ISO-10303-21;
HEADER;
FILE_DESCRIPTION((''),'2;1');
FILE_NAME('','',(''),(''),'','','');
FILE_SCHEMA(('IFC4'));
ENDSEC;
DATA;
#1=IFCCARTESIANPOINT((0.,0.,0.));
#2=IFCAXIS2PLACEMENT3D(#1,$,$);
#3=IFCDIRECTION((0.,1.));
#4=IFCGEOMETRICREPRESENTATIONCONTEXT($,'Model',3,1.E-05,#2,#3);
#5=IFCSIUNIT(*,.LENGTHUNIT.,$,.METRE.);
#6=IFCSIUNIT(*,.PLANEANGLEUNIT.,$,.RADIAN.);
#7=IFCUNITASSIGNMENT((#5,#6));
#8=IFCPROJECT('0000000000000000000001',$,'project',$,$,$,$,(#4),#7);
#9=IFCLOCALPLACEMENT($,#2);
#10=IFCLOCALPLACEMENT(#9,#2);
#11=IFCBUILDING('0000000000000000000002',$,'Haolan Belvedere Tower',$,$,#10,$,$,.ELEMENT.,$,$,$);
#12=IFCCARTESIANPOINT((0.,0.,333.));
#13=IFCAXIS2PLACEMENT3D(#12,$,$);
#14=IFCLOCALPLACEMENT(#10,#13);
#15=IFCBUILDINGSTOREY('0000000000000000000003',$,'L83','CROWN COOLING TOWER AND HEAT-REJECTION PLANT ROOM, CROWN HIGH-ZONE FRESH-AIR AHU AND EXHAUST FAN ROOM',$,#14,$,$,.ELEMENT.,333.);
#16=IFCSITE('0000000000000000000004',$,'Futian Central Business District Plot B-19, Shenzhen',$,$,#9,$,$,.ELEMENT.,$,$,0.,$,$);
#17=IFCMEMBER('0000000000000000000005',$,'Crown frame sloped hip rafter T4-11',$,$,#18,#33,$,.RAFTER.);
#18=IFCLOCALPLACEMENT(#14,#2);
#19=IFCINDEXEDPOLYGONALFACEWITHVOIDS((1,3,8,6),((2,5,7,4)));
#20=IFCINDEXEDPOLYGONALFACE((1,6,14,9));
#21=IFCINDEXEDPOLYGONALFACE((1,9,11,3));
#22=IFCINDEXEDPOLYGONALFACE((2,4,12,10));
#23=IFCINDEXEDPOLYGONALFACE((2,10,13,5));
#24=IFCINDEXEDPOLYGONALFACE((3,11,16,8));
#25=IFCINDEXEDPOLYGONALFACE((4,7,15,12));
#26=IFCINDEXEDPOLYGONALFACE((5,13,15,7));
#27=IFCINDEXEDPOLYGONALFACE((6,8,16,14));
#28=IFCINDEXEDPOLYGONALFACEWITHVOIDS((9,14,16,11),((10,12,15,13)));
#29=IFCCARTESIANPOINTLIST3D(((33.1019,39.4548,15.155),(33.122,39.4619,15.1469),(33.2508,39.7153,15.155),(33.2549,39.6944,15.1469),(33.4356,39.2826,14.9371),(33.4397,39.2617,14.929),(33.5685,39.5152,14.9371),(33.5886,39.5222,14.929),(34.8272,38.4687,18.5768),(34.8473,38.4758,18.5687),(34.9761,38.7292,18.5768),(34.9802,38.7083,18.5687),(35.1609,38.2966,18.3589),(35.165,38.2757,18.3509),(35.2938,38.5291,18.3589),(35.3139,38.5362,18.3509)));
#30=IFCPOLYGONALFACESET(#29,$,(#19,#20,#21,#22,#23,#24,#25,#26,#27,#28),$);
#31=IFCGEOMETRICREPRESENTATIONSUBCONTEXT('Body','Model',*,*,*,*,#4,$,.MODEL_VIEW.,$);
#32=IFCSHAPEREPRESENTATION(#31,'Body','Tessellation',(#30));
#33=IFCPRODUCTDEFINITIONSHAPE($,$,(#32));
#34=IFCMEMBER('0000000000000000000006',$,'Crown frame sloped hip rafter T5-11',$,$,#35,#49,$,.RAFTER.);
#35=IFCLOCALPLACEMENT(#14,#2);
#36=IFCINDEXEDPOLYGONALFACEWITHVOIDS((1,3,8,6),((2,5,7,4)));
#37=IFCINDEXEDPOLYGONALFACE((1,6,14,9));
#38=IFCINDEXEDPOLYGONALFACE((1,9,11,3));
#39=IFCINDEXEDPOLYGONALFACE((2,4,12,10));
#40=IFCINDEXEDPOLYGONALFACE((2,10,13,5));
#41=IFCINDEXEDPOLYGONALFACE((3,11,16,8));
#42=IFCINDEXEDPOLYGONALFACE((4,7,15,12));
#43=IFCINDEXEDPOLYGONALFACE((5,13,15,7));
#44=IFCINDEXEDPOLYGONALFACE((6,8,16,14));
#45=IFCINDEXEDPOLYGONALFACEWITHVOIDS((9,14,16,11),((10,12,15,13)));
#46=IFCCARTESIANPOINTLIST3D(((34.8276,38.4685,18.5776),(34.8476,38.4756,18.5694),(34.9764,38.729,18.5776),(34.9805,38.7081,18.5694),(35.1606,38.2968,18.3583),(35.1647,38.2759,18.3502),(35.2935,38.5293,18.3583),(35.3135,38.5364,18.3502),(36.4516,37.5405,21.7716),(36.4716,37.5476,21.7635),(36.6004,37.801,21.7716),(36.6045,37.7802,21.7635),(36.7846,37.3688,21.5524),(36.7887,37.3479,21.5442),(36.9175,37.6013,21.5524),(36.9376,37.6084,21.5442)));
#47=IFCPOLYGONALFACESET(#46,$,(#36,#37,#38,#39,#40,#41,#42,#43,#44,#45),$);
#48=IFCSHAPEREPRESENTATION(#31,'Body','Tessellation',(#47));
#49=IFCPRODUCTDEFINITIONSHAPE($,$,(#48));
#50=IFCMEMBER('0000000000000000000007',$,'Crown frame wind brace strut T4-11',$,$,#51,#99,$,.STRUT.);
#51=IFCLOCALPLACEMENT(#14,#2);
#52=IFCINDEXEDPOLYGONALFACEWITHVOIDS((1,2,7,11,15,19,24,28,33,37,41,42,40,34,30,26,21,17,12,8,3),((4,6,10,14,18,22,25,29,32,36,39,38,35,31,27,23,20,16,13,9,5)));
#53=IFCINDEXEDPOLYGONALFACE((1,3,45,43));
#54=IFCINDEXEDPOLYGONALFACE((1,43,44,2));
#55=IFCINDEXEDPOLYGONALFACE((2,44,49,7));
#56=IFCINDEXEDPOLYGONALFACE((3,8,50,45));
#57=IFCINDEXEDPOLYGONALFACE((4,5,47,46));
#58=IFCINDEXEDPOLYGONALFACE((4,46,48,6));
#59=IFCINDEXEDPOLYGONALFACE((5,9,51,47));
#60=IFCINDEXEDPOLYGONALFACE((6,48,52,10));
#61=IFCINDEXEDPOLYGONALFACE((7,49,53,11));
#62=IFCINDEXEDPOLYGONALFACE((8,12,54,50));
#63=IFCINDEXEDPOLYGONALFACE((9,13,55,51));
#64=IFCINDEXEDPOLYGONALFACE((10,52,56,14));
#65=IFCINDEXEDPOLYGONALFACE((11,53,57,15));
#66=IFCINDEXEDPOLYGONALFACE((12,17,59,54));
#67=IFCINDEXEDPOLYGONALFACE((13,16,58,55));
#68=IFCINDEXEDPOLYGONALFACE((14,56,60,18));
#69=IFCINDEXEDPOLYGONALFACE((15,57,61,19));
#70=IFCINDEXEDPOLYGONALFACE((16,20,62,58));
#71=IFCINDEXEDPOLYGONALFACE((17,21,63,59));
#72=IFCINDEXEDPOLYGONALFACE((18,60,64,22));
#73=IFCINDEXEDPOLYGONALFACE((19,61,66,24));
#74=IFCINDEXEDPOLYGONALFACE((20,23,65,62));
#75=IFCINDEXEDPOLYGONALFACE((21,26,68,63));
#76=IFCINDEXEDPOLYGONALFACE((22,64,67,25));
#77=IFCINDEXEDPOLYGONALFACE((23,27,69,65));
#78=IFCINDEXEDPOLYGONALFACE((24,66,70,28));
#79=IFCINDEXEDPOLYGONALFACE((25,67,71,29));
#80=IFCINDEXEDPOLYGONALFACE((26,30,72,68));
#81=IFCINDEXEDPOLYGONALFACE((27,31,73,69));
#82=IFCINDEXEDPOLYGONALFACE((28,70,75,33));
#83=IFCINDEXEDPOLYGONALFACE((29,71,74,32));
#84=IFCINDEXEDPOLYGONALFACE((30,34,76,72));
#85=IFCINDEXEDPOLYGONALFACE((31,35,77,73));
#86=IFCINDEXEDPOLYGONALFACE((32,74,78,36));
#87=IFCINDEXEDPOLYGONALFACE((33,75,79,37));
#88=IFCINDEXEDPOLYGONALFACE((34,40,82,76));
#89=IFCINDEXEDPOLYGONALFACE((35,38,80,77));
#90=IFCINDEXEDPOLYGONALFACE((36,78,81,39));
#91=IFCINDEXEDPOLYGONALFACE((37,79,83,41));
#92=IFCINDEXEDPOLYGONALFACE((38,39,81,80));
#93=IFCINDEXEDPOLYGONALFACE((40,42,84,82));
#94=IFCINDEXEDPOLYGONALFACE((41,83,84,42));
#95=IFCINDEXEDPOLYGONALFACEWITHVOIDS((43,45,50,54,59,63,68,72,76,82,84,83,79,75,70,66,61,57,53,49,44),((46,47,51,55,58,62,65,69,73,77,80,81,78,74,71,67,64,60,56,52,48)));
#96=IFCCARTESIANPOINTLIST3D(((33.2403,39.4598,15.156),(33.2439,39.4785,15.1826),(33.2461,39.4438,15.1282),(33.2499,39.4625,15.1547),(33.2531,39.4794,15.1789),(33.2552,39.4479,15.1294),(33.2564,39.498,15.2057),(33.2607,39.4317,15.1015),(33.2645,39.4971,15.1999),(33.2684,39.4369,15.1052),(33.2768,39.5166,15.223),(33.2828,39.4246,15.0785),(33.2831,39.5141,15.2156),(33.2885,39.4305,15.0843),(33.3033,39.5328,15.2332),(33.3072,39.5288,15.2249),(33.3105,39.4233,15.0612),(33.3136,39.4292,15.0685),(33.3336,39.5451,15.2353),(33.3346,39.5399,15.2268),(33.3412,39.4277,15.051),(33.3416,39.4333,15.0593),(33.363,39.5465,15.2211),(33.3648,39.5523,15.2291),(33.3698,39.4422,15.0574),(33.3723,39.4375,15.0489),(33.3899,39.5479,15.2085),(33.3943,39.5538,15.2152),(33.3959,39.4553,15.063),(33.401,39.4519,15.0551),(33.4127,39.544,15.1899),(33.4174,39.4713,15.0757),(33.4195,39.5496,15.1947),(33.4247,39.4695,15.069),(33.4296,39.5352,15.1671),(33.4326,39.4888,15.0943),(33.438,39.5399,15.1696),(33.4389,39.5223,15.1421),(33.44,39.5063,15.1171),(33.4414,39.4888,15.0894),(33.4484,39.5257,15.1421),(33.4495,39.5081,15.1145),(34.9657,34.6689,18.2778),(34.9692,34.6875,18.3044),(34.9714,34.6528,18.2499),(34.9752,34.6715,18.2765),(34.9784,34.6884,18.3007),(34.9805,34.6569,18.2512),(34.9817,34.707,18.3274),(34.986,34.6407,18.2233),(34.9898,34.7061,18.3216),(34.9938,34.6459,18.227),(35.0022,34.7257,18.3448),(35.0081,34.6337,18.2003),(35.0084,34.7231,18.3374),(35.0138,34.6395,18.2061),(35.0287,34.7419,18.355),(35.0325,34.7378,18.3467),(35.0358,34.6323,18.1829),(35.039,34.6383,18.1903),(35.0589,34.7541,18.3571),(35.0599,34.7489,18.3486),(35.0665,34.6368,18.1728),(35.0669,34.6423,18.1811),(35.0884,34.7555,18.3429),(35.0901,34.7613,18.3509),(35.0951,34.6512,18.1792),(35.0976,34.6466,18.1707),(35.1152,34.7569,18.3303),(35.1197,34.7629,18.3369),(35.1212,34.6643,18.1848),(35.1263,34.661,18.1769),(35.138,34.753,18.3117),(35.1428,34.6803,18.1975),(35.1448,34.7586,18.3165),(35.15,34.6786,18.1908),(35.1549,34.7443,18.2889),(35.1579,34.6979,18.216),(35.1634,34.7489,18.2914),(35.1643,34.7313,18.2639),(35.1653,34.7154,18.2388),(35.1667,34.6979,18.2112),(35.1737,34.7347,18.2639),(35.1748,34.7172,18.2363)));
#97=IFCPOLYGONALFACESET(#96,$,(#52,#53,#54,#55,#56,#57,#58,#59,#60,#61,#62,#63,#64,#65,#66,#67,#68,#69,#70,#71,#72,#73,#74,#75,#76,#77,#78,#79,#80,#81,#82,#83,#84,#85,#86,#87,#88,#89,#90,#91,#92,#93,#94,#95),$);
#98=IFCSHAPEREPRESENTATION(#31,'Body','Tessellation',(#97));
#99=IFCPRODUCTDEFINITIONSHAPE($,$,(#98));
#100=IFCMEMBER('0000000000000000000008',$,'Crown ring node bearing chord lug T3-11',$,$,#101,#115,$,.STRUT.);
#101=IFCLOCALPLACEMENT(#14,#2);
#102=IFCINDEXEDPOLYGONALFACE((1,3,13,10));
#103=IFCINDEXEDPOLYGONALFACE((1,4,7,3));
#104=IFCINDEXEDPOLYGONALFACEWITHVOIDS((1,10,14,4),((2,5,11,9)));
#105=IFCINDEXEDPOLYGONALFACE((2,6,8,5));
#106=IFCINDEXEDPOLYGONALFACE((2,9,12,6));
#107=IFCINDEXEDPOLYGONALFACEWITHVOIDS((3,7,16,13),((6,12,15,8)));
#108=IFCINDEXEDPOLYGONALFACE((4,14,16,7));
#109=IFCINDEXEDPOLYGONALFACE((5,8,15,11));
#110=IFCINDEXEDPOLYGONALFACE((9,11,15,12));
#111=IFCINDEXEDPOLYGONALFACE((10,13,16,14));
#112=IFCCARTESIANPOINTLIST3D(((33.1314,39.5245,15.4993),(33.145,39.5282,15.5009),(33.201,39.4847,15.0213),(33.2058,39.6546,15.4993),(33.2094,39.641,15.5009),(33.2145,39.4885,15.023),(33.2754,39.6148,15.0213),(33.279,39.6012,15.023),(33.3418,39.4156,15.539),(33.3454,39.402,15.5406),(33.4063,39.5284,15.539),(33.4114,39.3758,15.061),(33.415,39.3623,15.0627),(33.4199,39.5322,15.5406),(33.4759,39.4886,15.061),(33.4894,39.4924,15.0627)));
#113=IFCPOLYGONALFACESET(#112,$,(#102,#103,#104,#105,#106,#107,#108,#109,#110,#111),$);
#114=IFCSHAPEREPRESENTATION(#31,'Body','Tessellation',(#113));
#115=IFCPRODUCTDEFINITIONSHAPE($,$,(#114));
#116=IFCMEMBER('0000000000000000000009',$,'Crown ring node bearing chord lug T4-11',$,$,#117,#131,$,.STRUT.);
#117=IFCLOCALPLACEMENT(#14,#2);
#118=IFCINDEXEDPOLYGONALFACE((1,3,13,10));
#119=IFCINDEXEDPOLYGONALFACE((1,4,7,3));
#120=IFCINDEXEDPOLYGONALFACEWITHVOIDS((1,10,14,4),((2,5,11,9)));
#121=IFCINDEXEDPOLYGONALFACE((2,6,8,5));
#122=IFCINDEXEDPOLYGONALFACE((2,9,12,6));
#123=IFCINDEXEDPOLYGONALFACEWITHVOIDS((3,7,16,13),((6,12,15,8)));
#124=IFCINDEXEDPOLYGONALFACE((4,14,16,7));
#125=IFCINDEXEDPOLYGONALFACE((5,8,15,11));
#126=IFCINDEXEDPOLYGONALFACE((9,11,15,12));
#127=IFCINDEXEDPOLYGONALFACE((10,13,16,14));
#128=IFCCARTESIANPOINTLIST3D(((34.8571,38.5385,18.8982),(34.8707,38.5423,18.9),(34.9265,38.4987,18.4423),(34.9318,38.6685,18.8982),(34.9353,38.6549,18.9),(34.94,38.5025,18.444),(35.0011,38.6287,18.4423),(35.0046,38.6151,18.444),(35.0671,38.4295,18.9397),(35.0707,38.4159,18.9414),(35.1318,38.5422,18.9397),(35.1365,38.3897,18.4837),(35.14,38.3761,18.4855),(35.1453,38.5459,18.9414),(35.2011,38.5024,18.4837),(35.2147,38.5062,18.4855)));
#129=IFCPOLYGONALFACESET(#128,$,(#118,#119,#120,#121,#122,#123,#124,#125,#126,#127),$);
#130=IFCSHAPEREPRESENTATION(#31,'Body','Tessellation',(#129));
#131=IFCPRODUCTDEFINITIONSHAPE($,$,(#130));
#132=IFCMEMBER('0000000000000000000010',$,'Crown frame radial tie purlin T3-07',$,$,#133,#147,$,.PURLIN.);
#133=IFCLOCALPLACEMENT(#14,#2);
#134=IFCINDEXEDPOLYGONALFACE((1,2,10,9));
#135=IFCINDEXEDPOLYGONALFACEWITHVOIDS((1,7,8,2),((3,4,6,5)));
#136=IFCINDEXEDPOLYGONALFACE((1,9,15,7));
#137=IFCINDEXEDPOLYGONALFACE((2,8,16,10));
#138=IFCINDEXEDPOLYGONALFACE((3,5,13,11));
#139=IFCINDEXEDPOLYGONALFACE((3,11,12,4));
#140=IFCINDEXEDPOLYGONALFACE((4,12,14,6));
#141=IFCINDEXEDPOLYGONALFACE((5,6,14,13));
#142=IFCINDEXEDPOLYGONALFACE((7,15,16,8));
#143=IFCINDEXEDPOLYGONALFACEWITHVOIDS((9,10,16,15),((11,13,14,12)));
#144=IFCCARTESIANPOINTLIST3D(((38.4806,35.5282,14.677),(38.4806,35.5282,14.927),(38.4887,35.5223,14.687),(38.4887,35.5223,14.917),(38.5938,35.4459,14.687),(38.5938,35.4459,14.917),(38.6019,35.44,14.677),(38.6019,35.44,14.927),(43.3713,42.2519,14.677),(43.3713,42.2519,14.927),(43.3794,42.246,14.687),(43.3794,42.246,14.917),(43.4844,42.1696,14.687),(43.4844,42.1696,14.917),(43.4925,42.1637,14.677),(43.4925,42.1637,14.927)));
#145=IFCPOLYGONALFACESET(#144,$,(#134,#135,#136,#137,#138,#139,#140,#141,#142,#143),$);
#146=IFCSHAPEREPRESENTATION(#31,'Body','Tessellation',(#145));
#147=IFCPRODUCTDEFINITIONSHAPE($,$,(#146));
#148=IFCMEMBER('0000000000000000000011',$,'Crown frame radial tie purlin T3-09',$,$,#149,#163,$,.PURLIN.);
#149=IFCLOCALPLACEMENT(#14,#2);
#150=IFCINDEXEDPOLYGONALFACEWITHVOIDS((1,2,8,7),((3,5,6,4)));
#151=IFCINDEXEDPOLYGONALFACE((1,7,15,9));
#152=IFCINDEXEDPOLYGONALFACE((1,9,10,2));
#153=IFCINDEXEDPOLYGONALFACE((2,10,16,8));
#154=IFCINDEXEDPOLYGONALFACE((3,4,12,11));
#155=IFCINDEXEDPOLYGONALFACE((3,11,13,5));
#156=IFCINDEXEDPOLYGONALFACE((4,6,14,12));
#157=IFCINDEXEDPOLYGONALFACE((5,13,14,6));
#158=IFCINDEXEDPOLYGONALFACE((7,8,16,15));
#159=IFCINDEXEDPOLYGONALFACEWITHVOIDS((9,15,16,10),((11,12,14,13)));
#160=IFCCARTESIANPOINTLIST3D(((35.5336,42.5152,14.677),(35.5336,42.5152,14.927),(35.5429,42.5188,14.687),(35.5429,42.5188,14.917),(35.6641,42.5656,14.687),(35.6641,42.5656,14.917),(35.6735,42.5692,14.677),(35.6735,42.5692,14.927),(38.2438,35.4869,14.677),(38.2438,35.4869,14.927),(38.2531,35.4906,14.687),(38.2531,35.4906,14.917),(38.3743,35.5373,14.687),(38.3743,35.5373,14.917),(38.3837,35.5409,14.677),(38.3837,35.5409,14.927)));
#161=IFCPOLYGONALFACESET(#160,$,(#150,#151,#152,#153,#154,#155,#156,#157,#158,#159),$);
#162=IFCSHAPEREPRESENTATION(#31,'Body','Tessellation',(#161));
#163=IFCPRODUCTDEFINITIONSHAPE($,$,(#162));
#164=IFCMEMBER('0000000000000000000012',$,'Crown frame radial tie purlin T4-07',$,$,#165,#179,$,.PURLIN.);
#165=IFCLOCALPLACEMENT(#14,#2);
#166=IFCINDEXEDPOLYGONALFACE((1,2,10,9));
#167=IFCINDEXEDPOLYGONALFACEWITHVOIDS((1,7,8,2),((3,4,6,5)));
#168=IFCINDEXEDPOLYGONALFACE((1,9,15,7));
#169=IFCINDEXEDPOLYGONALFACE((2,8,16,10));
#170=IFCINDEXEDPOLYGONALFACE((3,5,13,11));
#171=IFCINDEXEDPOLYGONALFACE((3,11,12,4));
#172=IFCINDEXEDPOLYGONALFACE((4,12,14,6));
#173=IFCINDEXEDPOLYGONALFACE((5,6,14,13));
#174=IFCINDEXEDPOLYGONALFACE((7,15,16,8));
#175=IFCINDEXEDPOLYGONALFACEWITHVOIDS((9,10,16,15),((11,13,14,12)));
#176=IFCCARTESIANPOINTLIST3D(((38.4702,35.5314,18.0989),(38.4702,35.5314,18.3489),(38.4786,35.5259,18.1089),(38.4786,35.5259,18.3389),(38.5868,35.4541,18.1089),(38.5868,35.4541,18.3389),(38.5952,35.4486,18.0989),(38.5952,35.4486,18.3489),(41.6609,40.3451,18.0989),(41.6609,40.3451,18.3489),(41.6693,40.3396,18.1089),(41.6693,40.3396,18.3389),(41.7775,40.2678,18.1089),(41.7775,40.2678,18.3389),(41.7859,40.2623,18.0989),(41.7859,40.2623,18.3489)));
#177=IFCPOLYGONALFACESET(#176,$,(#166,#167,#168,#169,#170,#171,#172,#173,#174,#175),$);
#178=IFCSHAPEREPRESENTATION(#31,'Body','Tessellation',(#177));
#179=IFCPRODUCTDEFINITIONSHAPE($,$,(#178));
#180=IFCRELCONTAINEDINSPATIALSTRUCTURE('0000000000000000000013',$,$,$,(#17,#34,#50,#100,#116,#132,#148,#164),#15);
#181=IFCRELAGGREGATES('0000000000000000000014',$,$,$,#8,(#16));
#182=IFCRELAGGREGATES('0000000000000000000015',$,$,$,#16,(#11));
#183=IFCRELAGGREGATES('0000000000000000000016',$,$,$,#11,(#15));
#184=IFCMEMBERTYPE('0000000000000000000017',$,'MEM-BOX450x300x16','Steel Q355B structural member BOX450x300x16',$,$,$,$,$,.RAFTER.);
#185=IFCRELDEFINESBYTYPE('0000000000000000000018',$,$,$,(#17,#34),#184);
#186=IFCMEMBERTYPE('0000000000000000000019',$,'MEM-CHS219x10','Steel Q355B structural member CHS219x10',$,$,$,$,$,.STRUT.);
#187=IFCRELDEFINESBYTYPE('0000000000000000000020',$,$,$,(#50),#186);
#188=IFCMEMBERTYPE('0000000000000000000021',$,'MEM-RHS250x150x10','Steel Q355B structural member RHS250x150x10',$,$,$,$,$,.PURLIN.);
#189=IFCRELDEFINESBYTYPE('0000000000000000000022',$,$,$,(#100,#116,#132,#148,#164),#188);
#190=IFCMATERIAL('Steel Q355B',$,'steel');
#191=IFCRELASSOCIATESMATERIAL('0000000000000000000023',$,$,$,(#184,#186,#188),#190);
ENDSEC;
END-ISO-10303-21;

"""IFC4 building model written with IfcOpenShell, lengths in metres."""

from ifc_helpers import new_model, si_unit, direction, frame, origin, origin_2d, place, context, subcontext, project, spatial, hollow_rectangle, hollow_circle, extrude, material, material_profile, profile_set, type_object, element, save


model = new_model("IFC4")

# Units and contexts
model_context = context("Model", 3, precision=1e-05, world=origin(), true_north=direction((0.0, 1.0)))
body_context = subcontext(model_context, "Body", "Model", "MODEL_VIEW")
ifc_project = project(units=[si_unit("LENGTHUNIT", "METRE"), si_unit("PLANEANGLEUNIT", "RADIAN")], contexts=[model_context])

# Site, building, storey
site_placement = place(None, origin())
site = spatial("IfcSite", under=ifc_project, at=site_placement, Name="Futian Central Business District Plot B-19, Shenzhen", CompositionType="ELEMENT", RefElevation=0.0)
building_placement = place(site_placement, origin())
building = spatial("IfcBuilding", under=site, at=building_placement, Name="Haolan Belvedere Tower", CompositionType="ELEMENT")
storey_placement = place(building_placement, frame((0.0, 0.0, 333.0)))
storey = spatial("IfcBuildingStorey", under=building, at=storey_placement, Name="L83", Description="CROWN COOLING TOWER AND HEAT-REJECTION PLANT ROOM, CROWN HIGH-ZONE FRESH-AIR AHU AND EXHAUST FAN ROOM", CompositionType="ELEMENT", Elevation=333.0)

# Members
ifc_material_1 = material(Name="Steel Q355B", Category="steel")
ifc_material_profile_1 = material_profile(ifc_material_1, hollow_rectangle(XDim=0.3, YDim=0.45, WallThickness=0.0161, at=origin_2d()), Name="Steel Q355B")
ifc_profile_set_1 = profile_set([ifc_material_profile_1], Name="Steel Q355B")
member_type_1 = type_object("IfcMemberType", Name="MEM-BOX450x300x16", Description="Steel Q355B structural member BOX450x300x16", PredefinedType="RAFTER", material=ifc_profile_set_1)
member_1_placement = place(storey_placement, frame((33.3452, 39.4885, 15.042), z_axis=(0.436015, -0.249196, 0.86475), x_axis=(0.496205, 0.868205, 0.0)))
element("IfcMember", 1, at=member_1_placement, inside=storey, type_object=member_type_1, Name="Crown frame sloped hip rafter T4-11", PredefinedType="RAFTER", context=body_context, shape_type="SweptSolid", body=[
    extrude(hollow_rectangle(XDim=0.3, YDim=0.45, WallThickness=0.0161, at=origin_2d()), origin(), (0.0, 0.0, 1.0), 3.957),
])
member_2_placement = place(storey_placement, frame((35.0706, 38.5024, 18.4639), z_axis=(0.438752, -0.250706, 0.862927), x_axis=(0.496125, 0.868251, 0.0)))
element("IfcMember", 2, at=member_2_placement, inside=storey, type_object=member_type_1, Name="Crown frame sloped hip rafter T5-11", PredefinedType="RAFTER", context=body_context, shape_type="SweptSolid", body=[
    extrude(hollow_rectangle(XDim=0.3, YDim=0.45, WallThickness=0.0161, at=origin_2d()), origin(), (0.0, 0.0, 1.0), 3.7014),
])
ifc_material_profile_2 = material_profile(ifc_material_1, hollow_circle(Radius=0.1096, WallThickness=0.01, at=origin_2d()), Name="Steel Q355B")
ifc_profile_set_2 = profile_set([ifc_material_profile_2], Name="Steel Q355B")
member_type_2 = type_object("IfcMemberType", Name="MEM-CHS219x10", Description="Steel Q355B structural member CHS219x10", PredefinedType="STRUT", material=ifc_profile_set_2)
member_3_placement = place(storey_placement, frame((33.3452, 39.4885, 15.1421), z_axis=(0.288858, -0.802115, 0.522658), x_axis=(0.940851, 0.33882, 0.0)))
element("IfcMember", 3, at=member_3_placement, inside=storey, type_object=member_type_2, Name="Crown frame wind brace strut T4-11", PredefinedType="STRUT", context=body_context, shape_type="SweptSolid", body=[
    extrude(hollow_circle(Radius=0.1096, WallThickness=0.01, at=origin_2d()), origin(), (0.0, 0.0, 1.0), 5.9729),
])
ifc_material_profile_3 = material_profile(ifc_material_1, hollow_rectangle(XDim=0.1499, YDim=0.25, WallThickness=0.01, at=origin_2d()), Name="Steel Q355B")
ifc_profile_set_3 = profile_set([ifc_material_profile_3], Name="Steel Q355B")
member_type_3 = type_object("IfcMemberType", Name="MEM-RHS250x150x10", Description="Steel Q355B structural member RHS250x150x10", PredefinedType="PURLIN", material=ifc_profile_set_3)
member_4_placement = place(storey_placement, frame((33.3452, 39.4885, 15.042), z_axis=(-0.143553, 0.082102, 0.986231), x_axis=(-0.496467, -0.868056, 0.0)))
element("IfcMember", 4, at=member_4_placement, inside=storey, type_object=member_type_3, Name="Crown ring node bearing chord lug T3-11", PredefinedType="STRUT", context=body_context, shape_type="SweptSolid", body=[
    extrude(hollow_rectangle(XDim=0.1499, YDim=0.25, WallThickness=0.01, at=origin_2d()), origin(), (0.0, 0.0, 1.0), 0.4846),
])
member_5_placement = place(storey_placement, frame((35.0706, 38.5024, 18.4639), z_axis=(-0.149751, 0.085949, 0.984981), x_axis=(-0.497782, -0.867302, 0.0)))
element("IfcMember", 5, at=member_5_placement, inside=storey, type_object=member_type_3, Name="Crown ring node bearing chord lug T4-11", PredefinedType="STRUT", context=body_context, shape_type="SweptSolid", body=[
    extrude(hollow_rectangle(XDim=0.1499, YDim=0.25, WallThickness=0.01, at=origin_2d()), origin(), (0.0, 0.0, 1.0), 0.4629),
])
member_6_placement = place(storey_placement, frame((38.5413, 35.4841, 14.802), z_axis=(0.588228, 0.808695, 0.0), x_axis=(-0.808695, 0.588228, 0.0)))
element("IfcMember", 6, at=member_6_placement, inside=storey, type_object=member_type_3, Name="Crown frame radial tie purlin T3-07", PredefinedType="PURLIN", context=body_context, shape_type="SweptSolid", body=[
    extrude(hollow_rectangle(XDim=0.1499, YDim=0.25, WallThickness=0.01, at=origin_2d()), origin(), (0.0, 0.0, 1.0), 8.3142),
])
member_7_placement = place(storey_placement, frame((38.3137, 35.5139, 14.802), z_axis=(-0.359789, 0.933034, 0.0), x_axis=(-0.933034, -0.359789, 0.0)))
element("IfcMember", 7, at=member_7_placement, inside=storey, type_object=member_type_3, Name="Crown frame radial tie purlin T3-09", PredefinedType="PURLIN", context=body_context, shape_type="SweptSolid", body=[
    extrude(hollow_rectangle(XDim=0.1499, YDim=0.25, WallThickness=0.01, at=origin_2d()), origin(), (0.0, 0.0, 1.0), 7.5327),
])
member_8_placement = place(storey_placement, frame((38.5327, 35.49, 18.2239), z_axis=(0.552484, 0.833524, 0.0), x_axis=(-0.833524, 0.552484, 0.0)))
element("IfcMember", 8, at=member_8_placement, inside=storey, type_object=member_type_3, Name="Crown frame radial tie purlin T4-07", PredefinedType="PURLIN", context=body_context, shape_type="SweptSolid", body=[
    extrude(hollow_rectangle(XDim=0.1499, YDim=0.25, WallThickness=0.01, at=origin_2d()), origin(), (0.0, 0.0, 1.0), 5.7751),
])

save(model, "model.ifc")
